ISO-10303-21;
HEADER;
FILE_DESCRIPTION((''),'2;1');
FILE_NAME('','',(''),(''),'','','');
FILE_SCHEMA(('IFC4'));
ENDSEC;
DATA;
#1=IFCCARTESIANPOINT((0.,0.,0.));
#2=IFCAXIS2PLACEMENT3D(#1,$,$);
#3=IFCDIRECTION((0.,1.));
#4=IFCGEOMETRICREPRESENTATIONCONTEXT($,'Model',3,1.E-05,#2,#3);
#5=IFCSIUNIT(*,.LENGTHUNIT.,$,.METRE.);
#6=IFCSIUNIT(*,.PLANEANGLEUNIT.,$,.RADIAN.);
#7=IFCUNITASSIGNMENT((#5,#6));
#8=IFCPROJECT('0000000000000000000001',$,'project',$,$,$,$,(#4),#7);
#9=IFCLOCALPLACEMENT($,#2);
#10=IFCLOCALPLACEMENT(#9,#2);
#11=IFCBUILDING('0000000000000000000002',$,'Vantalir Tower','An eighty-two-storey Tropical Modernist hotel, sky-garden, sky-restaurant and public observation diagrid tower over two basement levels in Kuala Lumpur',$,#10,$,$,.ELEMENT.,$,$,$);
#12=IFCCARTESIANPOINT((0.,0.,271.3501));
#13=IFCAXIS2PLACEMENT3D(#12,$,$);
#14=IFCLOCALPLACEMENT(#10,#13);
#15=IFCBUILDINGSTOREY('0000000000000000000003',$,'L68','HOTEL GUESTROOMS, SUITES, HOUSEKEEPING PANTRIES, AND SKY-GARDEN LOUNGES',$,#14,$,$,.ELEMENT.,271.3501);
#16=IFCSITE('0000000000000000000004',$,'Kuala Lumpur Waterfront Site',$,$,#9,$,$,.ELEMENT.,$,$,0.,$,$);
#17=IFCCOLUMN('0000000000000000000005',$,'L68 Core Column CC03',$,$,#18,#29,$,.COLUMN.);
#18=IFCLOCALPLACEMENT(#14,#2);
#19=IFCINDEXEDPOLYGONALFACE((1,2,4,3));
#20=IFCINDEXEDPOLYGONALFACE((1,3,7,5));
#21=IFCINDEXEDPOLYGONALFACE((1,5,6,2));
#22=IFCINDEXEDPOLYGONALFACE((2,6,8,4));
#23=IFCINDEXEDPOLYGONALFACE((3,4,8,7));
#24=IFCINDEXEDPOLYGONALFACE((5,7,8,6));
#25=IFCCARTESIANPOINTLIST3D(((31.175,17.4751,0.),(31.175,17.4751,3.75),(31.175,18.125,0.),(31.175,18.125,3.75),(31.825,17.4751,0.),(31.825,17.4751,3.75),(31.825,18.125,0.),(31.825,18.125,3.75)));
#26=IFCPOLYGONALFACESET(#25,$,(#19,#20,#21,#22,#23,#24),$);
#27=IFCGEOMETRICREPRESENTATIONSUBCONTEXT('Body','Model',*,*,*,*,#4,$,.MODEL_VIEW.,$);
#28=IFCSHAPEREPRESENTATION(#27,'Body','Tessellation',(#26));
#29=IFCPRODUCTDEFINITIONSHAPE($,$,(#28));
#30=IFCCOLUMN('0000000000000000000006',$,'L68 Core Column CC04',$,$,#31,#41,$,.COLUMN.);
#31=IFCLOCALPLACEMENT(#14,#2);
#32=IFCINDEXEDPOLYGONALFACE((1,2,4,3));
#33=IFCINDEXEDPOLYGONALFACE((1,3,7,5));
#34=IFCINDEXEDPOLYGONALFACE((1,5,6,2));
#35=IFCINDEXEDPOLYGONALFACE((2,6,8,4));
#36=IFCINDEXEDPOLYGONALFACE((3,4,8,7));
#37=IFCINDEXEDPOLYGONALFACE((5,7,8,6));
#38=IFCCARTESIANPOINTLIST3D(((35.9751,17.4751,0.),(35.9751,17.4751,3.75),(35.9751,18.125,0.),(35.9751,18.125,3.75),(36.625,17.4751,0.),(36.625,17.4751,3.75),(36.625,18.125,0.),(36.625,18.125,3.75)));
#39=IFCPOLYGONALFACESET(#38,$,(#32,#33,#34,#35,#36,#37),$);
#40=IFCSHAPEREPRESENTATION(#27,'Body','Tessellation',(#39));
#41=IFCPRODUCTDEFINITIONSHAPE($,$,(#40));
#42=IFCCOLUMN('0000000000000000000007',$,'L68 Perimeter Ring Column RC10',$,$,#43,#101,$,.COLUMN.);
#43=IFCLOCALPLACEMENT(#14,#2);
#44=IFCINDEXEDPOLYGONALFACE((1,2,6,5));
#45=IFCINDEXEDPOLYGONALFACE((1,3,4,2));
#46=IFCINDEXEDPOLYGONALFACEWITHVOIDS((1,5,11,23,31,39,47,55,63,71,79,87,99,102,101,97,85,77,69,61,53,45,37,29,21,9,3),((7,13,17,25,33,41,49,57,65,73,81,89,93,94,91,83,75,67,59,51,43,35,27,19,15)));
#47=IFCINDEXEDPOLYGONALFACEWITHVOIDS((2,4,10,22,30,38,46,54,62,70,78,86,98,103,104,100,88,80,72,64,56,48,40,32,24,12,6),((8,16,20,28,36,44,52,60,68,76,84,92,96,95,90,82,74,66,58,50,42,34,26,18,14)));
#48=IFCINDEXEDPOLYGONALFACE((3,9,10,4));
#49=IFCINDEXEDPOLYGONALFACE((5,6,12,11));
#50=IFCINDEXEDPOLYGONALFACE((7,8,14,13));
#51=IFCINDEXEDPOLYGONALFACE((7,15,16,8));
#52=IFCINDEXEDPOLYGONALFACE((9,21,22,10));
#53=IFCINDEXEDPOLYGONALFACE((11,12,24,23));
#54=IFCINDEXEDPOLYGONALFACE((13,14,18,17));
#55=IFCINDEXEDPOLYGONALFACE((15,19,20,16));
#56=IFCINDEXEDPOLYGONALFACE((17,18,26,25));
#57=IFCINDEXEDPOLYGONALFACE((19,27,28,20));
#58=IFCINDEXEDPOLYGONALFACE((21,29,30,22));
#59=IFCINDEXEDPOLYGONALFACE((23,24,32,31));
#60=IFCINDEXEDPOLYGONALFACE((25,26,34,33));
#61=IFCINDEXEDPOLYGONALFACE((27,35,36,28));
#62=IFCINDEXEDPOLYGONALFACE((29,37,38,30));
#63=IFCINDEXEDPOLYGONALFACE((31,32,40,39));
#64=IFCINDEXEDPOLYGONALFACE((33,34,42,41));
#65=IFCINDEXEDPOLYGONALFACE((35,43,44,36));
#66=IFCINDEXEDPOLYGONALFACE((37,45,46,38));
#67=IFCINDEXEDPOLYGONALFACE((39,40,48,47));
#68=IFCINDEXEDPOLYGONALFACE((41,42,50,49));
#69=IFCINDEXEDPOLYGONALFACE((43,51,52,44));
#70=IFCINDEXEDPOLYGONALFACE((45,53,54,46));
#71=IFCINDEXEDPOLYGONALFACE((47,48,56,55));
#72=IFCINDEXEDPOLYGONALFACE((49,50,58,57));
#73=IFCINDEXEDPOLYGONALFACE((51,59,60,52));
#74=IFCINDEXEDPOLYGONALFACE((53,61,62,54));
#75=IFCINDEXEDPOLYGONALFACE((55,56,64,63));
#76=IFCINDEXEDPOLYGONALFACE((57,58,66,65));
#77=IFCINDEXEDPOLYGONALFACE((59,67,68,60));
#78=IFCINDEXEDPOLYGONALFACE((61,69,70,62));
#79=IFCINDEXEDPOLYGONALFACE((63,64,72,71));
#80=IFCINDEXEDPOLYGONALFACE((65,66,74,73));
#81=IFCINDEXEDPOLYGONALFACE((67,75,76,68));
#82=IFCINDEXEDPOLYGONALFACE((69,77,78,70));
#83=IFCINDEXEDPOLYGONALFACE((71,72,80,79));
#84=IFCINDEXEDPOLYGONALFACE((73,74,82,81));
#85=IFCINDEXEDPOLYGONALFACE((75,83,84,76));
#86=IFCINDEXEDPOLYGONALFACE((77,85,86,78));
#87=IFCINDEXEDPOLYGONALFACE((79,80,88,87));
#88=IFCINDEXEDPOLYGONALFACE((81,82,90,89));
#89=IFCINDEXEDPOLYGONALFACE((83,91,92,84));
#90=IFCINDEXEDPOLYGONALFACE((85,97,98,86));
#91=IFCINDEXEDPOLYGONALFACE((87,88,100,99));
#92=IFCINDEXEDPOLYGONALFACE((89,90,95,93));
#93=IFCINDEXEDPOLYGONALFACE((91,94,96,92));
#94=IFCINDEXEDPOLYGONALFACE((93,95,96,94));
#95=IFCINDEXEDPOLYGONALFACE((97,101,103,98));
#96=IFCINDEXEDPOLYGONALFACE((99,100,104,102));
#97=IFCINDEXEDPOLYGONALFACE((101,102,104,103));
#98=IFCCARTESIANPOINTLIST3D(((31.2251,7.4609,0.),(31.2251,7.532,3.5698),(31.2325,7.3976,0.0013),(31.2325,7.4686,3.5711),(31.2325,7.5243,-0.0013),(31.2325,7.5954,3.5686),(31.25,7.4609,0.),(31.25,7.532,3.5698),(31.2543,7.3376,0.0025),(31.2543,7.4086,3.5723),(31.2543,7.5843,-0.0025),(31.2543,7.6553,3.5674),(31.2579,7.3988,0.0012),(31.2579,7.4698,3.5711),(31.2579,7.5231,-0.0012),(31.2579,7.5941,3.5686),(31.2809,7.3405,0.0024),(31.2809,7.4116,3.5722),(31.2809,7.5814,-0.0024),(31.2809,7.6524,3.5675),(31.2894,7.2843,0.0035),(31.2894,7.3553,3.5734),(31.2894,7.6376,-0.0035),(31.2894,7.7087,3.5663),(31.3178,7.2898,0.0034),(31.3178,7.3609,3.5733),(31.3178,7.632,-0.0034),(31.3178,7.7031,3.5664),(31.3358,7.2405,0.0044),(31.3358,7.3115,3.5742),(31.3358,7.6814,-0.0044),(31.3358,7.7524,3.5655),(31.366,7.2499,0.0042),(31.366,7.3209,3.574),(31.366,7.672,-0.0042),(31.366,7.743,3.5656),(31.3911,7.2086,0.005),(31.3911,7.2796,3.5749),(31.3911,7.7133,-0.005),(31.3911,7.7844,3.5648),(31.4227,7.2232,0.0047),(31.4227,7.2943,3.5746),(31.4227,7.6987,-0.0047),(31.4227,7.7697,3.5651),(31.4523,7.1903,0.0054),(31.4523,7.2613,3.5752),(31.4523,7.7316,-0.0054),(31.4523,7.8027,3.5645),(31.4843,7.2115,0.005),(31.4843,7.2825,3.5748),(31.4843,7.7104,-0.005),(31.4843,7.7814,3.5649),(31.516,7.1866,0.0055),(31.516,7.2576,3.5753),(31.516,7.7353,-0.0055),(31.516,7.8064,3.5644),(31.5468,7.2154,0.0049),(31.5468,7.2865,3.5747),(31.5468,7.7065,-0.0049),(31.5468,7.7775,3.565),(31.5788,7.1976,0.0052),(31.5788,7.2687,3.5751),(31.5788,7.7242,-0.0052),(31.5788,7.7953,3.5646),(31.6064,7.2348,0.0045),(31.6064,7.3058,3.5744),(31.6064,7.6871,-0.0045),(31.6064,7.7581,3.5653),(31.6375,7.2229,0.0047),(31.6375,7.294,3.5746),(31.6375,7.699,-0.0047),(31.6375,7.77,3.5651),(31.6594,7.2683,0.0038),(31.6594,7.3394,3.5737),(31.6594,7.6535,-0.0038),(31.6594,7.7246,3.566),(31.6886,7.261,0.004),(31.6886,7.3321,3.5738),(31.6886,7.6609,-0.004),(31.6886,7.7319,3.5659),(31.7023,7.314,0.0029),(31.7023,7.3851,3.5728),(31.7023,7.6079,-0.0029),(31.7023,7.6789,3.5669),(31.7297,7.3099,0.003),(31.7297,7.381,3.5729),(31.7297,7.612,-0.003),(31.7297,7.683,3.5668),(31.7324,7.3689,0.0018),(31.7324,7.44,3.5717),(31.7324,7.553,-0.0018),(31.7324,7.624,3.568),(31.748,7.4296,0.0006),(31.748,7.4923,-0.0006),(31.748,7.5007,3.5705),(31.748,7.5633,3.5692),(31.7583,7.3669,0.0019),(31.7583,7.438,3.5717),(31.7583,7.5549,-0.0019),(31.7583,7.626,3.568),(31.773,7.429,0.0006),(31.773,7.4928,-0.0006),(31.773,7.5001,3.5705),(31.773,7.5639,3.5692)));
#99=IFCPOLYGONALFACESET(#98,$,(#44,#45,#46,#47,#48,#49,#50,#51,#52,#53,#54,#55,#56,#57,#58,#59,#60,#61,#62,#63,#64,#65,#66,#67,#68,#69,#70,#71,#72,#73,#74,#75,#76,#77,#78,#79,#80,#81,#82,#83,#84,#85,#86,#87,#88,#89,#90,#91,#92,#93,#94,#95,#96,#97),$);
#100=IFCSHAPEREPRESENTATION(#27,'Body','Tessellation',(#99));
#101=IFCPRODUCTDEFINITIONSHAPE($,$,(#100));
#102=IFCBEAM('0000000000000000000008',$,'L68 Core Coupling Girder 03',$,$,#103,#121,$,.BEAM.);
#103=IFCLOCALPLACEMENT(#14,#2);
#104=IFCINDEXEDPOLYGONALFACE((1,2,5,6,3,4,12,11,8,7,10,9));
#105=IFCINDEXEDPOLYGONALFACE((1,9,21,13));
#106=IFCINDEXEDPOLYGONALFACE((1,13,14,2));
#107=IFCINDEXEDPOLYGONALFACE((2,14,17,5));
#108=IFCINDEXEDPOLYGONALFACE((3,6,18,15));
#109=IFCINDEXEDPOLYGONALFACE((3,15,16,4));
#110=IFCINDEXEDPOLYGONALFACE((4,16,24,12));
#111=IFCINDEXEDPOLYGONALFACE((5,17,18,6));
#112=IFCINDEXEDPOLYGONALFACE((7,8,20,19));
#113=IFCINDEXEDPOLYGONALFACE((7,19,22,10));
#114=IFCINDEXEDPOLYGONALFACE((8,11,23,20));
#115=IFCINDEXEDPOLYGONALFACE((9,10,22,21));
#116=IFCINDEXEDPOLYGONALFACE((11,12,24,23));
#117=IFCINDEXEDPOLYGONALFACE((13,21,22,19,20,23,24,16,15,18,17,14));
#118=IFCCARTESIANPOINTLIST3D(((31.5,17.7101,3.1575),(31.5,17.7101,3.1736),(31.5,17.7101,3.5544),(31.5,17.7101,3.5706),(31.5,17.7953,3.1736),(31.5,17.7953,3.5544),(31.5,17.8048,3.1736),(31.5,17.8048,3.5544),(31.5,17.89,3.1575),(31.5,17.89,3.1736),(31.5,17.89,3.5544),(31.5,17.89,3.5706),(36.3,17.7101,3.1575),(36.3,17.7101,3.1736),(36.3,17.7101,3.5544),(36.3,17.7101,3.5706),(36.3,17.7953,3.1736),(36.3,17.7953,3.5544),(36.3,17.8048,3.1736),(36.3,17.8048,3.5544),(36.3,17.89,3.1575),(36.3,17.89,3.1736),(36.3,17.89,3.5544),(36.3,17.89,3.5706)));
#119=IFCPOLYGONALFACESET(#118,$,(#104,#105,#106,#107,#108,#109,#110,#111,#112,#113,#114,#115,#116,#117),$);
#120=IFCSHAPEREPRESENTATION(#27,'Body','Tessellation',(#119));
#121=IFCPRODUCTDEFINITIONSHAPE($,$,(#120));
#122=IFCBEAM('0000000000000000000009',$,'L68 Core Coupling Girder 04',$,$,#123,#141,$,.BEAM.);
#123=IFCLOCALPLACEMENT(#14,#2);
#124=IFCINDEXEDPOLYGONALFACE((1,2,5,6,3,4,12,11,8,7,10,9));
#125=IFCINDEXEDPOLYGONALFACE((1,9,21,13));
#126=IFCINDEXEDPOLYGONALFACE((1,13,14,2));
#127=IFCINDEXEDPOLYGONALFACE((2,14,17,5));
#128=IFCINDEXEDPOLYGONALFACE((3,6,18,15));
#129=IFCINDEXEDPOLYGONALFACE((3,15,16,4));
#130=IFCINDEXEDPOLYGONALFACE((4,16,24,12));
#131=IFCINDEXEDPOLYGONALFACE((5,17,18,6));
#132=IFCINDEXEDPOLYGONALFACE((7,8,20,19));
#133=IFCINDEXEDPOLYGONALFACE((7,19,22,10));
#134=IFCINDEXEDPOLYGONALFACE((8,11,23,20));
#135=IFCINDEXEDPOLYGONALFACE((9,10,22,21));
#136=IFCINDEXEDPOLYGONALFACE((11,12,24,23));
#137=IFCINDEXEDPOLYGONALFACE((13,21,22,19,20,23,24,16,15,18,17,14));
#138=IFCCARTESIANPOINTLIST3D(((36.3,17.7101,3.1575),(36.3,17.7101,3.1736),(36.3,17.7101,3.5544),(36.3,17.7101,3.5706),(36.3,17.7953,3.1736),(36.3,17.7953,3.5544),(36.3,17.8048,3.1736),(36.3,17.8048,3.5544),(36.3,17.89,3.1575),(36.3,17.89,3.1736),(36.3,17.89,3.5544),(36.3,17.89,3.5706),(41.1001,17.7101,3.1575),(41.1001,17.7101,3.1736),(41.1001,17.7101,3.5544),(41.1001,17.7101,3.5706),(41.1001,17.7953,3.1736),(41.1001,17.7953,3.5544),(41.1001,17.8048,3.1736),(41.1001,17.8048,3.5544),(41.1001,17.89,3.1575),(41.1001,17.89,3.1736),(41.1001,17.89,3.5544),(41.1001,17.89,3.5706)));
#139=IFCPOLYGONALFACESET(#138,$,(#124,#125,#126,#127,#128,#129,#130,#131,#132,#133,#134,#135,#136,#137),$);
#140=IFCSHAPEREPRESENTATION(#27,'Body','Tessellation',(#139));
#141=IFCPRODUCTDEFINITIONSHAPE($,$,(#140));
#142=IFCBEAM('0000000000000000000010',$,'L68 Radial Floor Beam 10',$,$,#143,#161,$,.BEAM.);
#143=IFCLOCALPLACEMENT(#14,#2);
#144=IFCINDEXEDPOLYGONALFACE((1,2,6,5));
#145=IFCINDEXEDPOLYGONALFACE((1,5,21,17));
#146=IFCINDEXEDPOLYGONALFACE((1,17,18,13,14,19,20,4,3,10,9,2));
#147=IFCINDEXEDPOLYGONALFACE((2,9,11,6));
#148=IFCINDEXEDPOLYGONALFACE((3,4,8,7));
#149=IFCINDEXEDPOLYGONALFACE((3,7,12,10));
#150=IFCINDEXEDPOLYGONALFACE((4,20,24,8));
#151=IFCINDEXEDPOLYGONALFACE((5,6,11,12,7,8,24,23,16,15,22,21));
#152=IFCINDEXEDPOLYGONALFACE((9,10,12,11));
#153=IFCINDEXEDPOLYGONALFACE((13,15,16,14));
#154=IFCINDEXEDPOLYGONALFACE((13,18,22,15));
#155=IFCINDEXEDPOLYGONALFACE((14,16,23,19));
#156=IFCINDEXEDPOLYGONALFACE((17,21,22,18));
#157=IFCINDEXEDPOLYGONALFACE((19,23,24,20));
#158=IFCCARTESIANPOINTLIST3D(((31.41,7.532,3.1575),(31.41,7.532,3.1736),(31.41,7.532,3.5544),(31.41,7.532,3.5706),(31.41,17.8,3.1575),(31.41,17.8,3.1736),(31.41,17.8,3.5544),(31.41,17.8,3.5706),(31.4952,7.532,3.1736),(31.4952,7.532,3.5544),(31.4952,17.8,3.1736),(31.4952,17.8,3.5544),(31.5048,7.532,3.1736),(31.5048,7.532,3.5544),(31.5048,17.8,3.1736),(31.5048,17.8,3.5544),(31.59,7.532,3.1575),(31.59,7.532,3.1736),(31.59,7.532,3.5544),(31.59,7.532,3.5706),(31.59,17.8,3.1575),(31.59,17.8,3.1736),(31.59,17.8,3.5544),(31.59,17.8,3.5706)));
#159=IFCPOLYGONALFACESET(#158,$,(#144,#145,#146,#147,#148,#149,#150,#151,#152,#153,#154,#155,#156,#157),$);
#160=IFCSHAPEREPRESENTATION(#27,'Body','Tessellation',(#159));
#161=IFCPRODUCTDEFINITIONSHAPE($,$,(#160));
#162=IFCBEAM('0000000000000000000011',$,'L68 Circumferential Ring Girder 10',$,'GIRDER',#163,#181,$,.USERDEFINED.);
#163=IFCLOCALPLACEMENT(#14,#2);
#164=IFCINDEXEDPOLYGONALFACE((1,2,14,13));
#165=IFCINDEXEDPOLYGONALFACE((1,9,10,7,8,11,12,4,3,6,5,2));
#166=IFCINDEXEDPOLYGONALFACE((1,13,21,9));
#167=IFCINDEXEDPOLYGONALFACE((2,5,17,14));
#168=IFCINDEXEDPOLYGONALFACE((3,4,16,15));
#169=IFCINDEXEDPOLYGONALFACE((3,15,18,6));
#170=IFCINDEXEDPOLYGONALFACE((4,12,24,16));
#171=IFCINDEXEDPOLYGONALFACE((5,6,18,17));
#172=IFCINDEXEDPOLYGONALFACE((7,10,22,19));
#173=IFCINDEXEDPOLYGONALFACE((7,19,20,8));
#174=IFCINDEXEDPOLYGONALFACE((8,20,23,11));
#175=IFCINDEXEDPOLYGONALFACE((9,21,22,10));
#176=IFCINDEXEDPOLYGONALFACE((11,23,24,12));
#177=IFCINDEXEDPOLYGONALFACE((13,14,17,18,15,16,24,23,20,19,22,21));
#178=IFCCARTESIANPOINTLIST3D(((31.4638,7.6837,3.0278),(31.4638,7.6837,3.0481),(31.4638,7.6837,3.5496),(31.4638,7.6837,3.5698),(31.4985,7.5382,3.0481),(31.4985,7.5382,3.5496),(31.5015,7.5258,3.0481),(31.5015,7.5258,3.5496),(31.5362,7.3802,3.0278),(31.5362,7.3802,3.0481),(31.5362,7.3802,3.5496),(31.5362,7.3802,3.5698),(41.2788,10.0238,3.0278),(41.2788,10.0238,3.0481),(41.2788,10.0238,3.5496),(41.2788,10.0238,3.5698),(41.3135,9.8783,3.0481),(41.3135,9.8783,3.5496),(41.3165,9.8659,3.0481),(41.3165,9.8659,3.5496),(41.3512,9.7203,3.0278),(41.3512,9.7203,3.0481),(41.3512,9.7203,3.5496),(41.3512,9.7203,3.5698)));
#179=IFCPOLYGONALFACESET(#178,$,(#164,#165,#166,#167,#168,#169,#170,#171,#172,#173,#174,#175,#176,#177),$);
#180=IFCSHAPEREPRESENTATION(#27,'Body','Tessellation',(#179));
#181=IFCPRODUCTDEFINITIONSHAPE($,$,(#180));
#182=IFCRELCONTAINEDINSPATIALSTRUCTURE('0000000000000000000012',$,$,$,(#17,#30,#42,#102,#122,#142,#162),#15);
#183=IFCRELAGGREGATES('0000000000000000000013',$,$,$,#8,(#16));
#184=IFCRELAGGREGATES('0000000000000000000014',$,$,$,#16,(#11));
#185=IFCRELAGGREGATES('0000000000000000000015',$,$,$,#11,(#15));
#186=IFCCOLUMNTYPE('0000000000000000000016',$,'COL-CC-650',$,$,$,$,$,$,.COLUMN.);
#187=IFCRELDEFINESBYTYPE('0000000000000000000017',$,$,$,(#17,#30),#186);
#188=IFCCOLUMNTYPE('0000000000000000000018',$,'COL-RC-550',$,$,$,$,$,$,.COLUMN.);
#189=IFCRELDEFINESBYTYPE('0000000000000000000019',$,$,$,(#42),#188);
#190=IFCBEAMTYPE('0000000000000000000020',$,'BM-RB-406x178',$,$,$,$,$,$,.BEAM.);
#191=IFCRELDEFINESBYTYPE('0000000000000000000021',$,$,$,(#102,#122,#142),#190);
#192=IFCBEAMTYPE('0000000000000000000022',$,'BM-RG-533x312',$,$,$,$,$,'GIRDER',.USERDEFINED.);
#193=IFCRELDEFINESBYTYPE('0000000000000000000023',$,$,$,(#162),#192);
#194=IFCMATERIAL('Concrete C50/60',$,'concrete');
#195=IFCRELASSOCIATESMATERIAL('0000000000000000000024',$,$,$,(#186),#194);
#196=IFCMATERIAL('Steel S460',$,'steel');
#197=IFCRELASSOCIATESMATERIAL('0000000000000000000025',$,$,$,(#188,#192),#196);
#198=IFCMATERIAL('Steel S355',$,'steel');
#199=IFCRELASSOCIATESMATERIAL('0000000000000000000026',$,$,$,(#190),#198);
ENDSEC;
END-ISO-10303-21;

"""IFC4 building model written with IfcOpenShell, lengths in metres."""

from ifc_helpers import new_model, si_unit, direction, frame, origin, origin_2d, place, context, subcontext, project, spatial, rectangle, hollow_circle, i_section, extrude, material, material_profile, profile_set, type_object, element, save


model = new_model("IFC4")

# Units and contexts
model_context = context("Model", 3, precision=1e-05, world=origin(), true_north=direction((0.0, 1.0)))
body_context = subcontext(model_context, "Body", "Model", "MODEL_VIEW")
ifc_project = project(units=[si_unit("LENGTHUNIT", "METRE"), si_unit("PLANEANGLEUNIT", "RADIAN")], contexts=[model_context])

# Site, building, storey
site_placement = place(None, origin())
site = spatial("IfcSite", under=ifc_project, at=site_placement, Name="Kuala Lumpur Waterfront Site", CompositionType="ELEMENT", RefElevation=0.0)
building_placement = place(site_placement, origin())
building = spatial("IfcBuilding", under=site, at=building_placement, Name="Vantalir Tower", Description="An eighty-two-storey Tropical Modernist hotel, sky-garden, sky-restaurant and public observation diagrid tower over two basement levels in Kuala Lumpur", CompositionType="ELEMENT")
storey_placement = place(building_placement, frame((0.0, 0.0, 271.3501)))
storey = spatial("IfcBuildingStorey", under=building, at=storey_placement, Name="L68", Description="HOTEL GUESTROOMS, SUITES, HOUSEKEEPING PANTRIES, AND SKY-GARDEN LOUNGES", CompositionType="ELEMENT", Elevation=271.3501)

# Columns
ifc_material_1 = material(Name="Concrete C50/60", Category="concrete")
ifc_material_profile_1 = material_profile(ifc_material_1, rectangle(XDim=0.6499, YDim=0.6499, at=origin_2d()), Name="Concrete C50/60")
ifc_profile_set_1 = profile_set([ifc_material_profile_1], Name="Concrete C50/60")
column_type_1 = type_object("IfcColumnType", Name="COL-CC-650", PredefinedType="COLUMN", material=ifc_profile_set_1)
for number, where, z_axis, x_axis, name in (
    (1, (31.5, 17.8, 0.0), (0.0, 0.0, 1.0), (1.0, 0.0, 0.0), "L68 Core Column CC03"),
    (2, (36.3, 17.8, 0.0), (0.0, 0.0, 1.0), (1.0, 0.0, 0.0), "L68 Core Column CC04"),
):
    element("IfcColumn", number, at=place(storey_placement, frame(where, z_axis=z_axis, x_axis=x_axis)), inside=storey, type_object=column_type_1, Name=name, PredefinedType="COLUMN", context=body_context, shape_type="SweptSolid", body=[
        extrude(rectangle(XDim=0.6499, YDim=0.6499, at=origin_2d()), origin(), (0.0, 0.0, 1.0), 3.75),
    ])
ifc_material_2 = material(Name="Steel S460", Category="steel")
ifc_material_profile_2 = material_profile(ifc_material_2, hollow_circle(Radius=0.2749, WallThickness=0.0249, at=origin_2d()), Name="Steel S460")
ifc_profile_set_2 = profile_set([ifc_material_profile_2], Name="Steel S460")
column_type_2 = type_object("IfcColumnType", Name="COL-RC-550", PredefinedType="COLUMN", material=ifc_profile_set_2)
column_placement = place(storey_placement, frame((31.5, 7.4609, 0.0), z_axis=(0.0, 0.019898, 0.999802), x_axis=(-1.0, 0.0, 0.0)))
element("IfcColumn", 3, at=column_placement, inside=storey, type_object=column_type_2, Name="L68 Perimeter Ring Column RC10", PredefinedType="COLUMN", context=body_context, shape_type="SweptSolid", body=[
    extrude(hollow_circle(Radius=0.2749, WallThickness=0.0249, at=origin_2d()), origin(), (0.0, 0.0, 1.0), 3.5706),
])

# Beams
ifc_material_3 = material(Name="Steel S355", Category="steel")
ifc_material_profile_3 = material_profile(ifc_material_3, i_section(OverallWidth=0.1799, OverallDepth=0.4131, WebThickness=0.0095, FlangeThickness=0.0161, at=origin_2d()), Name="Steel S355")
ifc_profile_set_3 = profile_set([ifc_material_profile_3], Name="Steel S355")
beam_type_1 = type_object("IfcBeamType", Name="BM-RB-406x178", PredefinedType="BEAM", material=ifc_profile_set_3)
for number, where, z_axis, x_axis, name in (
    (4, (31.5, 17.8, 3.364), (1.0, 0.0, 0.0), (0.0, 1.0, 0.0), "L68 Core Coupling Girder 03"),
    (5, (36.3, 17.8, 3.364), (1.0, 0.0, 0.0), (0.0, 1.0, 0.0), "L68 Core Coupling Girder 04"),
):
    element("IfcBeam", number, at=place(storey_placement, frame(where, z_axis=z_axis, x_axis=x_axis)), inside=storey, type_object=beam_type_1, Name=name, PredefinedType="BEAM", context=body_context, shape_type="SweptSolid", body=[
        extrude(i_section(OverallWidth=0.1799, OverallDepth=0.4131, WebThickness=0.0095, FlangeThickness=0.0161, at=origin_2d()), origin(), (0.0, 0.0, 1.0), 4.8),
    ])
beam_1_placement = place(storey_placement, frame((31.5, 7.532, 3.364), z_axis=(0.0, 1.0, 0.0), x_axis=(-1.0, 0.0, 0.0)))
element("IfcBeam", 6, at=beam_1_placement, inside=storey, type_object=beam_type_1, Name="L68 Radial Floor Beam 10", PredefinedType="BEAM", context=body_context, shape_type="SweptSolid", body=[
    extrude(i_section(OverallWidth=0.1799, OverallDepth=0.4131, WebThickness=0.0095, FlangeThickness=0.0161, at=origin_2d()), origin(), (0.0, 0.0, 1.0), 10.2681),
])
ifc_material_profile_4 = material_profile(ifc_material_2, i_section(OverallWidth=0.312, OverallDepth=0.542, WebThickness=0.0127, FlangeThickness=0.0203, at=origin_2d()), Name="Steel S460")
ifc_profile_set_4 = profile_set([ifc_material_profile_4], Name="Steel S460")
beam_type_2 = type_object("IfcBeamType", Name="BM-RG-533x312", ElementType="GIRDER", PredefinedType="USERDEFINED", material=ifc_profile_set_4)
beam_2_placement = place(storey_placement, frame((31.5, 7.532, 3.2988), z_axis=(0.972735, 0.23192, 0.0), x_axis=(-0.23192, 0.972735, 0.0)))
element("IfcBeam", 7, at=beam_2_placement, inside=storey, type_object=beam_type_2, Name="L68 Circumferential Ring Girder 10", ObjectType="GIRDER", PredefinedType="USERDEFINED", context=body_context, shape_type="SweptSolid", body=[
    extrude(i_section(OverallWidth=0.312, OverallDepth=0.542, WebThickness=0.0127, FlangeThickness=0.0203, at=origin_2d()), origin(), (0.0, 0.0, 1.0), 10.0901),
])

save(model, "model.ifc")
